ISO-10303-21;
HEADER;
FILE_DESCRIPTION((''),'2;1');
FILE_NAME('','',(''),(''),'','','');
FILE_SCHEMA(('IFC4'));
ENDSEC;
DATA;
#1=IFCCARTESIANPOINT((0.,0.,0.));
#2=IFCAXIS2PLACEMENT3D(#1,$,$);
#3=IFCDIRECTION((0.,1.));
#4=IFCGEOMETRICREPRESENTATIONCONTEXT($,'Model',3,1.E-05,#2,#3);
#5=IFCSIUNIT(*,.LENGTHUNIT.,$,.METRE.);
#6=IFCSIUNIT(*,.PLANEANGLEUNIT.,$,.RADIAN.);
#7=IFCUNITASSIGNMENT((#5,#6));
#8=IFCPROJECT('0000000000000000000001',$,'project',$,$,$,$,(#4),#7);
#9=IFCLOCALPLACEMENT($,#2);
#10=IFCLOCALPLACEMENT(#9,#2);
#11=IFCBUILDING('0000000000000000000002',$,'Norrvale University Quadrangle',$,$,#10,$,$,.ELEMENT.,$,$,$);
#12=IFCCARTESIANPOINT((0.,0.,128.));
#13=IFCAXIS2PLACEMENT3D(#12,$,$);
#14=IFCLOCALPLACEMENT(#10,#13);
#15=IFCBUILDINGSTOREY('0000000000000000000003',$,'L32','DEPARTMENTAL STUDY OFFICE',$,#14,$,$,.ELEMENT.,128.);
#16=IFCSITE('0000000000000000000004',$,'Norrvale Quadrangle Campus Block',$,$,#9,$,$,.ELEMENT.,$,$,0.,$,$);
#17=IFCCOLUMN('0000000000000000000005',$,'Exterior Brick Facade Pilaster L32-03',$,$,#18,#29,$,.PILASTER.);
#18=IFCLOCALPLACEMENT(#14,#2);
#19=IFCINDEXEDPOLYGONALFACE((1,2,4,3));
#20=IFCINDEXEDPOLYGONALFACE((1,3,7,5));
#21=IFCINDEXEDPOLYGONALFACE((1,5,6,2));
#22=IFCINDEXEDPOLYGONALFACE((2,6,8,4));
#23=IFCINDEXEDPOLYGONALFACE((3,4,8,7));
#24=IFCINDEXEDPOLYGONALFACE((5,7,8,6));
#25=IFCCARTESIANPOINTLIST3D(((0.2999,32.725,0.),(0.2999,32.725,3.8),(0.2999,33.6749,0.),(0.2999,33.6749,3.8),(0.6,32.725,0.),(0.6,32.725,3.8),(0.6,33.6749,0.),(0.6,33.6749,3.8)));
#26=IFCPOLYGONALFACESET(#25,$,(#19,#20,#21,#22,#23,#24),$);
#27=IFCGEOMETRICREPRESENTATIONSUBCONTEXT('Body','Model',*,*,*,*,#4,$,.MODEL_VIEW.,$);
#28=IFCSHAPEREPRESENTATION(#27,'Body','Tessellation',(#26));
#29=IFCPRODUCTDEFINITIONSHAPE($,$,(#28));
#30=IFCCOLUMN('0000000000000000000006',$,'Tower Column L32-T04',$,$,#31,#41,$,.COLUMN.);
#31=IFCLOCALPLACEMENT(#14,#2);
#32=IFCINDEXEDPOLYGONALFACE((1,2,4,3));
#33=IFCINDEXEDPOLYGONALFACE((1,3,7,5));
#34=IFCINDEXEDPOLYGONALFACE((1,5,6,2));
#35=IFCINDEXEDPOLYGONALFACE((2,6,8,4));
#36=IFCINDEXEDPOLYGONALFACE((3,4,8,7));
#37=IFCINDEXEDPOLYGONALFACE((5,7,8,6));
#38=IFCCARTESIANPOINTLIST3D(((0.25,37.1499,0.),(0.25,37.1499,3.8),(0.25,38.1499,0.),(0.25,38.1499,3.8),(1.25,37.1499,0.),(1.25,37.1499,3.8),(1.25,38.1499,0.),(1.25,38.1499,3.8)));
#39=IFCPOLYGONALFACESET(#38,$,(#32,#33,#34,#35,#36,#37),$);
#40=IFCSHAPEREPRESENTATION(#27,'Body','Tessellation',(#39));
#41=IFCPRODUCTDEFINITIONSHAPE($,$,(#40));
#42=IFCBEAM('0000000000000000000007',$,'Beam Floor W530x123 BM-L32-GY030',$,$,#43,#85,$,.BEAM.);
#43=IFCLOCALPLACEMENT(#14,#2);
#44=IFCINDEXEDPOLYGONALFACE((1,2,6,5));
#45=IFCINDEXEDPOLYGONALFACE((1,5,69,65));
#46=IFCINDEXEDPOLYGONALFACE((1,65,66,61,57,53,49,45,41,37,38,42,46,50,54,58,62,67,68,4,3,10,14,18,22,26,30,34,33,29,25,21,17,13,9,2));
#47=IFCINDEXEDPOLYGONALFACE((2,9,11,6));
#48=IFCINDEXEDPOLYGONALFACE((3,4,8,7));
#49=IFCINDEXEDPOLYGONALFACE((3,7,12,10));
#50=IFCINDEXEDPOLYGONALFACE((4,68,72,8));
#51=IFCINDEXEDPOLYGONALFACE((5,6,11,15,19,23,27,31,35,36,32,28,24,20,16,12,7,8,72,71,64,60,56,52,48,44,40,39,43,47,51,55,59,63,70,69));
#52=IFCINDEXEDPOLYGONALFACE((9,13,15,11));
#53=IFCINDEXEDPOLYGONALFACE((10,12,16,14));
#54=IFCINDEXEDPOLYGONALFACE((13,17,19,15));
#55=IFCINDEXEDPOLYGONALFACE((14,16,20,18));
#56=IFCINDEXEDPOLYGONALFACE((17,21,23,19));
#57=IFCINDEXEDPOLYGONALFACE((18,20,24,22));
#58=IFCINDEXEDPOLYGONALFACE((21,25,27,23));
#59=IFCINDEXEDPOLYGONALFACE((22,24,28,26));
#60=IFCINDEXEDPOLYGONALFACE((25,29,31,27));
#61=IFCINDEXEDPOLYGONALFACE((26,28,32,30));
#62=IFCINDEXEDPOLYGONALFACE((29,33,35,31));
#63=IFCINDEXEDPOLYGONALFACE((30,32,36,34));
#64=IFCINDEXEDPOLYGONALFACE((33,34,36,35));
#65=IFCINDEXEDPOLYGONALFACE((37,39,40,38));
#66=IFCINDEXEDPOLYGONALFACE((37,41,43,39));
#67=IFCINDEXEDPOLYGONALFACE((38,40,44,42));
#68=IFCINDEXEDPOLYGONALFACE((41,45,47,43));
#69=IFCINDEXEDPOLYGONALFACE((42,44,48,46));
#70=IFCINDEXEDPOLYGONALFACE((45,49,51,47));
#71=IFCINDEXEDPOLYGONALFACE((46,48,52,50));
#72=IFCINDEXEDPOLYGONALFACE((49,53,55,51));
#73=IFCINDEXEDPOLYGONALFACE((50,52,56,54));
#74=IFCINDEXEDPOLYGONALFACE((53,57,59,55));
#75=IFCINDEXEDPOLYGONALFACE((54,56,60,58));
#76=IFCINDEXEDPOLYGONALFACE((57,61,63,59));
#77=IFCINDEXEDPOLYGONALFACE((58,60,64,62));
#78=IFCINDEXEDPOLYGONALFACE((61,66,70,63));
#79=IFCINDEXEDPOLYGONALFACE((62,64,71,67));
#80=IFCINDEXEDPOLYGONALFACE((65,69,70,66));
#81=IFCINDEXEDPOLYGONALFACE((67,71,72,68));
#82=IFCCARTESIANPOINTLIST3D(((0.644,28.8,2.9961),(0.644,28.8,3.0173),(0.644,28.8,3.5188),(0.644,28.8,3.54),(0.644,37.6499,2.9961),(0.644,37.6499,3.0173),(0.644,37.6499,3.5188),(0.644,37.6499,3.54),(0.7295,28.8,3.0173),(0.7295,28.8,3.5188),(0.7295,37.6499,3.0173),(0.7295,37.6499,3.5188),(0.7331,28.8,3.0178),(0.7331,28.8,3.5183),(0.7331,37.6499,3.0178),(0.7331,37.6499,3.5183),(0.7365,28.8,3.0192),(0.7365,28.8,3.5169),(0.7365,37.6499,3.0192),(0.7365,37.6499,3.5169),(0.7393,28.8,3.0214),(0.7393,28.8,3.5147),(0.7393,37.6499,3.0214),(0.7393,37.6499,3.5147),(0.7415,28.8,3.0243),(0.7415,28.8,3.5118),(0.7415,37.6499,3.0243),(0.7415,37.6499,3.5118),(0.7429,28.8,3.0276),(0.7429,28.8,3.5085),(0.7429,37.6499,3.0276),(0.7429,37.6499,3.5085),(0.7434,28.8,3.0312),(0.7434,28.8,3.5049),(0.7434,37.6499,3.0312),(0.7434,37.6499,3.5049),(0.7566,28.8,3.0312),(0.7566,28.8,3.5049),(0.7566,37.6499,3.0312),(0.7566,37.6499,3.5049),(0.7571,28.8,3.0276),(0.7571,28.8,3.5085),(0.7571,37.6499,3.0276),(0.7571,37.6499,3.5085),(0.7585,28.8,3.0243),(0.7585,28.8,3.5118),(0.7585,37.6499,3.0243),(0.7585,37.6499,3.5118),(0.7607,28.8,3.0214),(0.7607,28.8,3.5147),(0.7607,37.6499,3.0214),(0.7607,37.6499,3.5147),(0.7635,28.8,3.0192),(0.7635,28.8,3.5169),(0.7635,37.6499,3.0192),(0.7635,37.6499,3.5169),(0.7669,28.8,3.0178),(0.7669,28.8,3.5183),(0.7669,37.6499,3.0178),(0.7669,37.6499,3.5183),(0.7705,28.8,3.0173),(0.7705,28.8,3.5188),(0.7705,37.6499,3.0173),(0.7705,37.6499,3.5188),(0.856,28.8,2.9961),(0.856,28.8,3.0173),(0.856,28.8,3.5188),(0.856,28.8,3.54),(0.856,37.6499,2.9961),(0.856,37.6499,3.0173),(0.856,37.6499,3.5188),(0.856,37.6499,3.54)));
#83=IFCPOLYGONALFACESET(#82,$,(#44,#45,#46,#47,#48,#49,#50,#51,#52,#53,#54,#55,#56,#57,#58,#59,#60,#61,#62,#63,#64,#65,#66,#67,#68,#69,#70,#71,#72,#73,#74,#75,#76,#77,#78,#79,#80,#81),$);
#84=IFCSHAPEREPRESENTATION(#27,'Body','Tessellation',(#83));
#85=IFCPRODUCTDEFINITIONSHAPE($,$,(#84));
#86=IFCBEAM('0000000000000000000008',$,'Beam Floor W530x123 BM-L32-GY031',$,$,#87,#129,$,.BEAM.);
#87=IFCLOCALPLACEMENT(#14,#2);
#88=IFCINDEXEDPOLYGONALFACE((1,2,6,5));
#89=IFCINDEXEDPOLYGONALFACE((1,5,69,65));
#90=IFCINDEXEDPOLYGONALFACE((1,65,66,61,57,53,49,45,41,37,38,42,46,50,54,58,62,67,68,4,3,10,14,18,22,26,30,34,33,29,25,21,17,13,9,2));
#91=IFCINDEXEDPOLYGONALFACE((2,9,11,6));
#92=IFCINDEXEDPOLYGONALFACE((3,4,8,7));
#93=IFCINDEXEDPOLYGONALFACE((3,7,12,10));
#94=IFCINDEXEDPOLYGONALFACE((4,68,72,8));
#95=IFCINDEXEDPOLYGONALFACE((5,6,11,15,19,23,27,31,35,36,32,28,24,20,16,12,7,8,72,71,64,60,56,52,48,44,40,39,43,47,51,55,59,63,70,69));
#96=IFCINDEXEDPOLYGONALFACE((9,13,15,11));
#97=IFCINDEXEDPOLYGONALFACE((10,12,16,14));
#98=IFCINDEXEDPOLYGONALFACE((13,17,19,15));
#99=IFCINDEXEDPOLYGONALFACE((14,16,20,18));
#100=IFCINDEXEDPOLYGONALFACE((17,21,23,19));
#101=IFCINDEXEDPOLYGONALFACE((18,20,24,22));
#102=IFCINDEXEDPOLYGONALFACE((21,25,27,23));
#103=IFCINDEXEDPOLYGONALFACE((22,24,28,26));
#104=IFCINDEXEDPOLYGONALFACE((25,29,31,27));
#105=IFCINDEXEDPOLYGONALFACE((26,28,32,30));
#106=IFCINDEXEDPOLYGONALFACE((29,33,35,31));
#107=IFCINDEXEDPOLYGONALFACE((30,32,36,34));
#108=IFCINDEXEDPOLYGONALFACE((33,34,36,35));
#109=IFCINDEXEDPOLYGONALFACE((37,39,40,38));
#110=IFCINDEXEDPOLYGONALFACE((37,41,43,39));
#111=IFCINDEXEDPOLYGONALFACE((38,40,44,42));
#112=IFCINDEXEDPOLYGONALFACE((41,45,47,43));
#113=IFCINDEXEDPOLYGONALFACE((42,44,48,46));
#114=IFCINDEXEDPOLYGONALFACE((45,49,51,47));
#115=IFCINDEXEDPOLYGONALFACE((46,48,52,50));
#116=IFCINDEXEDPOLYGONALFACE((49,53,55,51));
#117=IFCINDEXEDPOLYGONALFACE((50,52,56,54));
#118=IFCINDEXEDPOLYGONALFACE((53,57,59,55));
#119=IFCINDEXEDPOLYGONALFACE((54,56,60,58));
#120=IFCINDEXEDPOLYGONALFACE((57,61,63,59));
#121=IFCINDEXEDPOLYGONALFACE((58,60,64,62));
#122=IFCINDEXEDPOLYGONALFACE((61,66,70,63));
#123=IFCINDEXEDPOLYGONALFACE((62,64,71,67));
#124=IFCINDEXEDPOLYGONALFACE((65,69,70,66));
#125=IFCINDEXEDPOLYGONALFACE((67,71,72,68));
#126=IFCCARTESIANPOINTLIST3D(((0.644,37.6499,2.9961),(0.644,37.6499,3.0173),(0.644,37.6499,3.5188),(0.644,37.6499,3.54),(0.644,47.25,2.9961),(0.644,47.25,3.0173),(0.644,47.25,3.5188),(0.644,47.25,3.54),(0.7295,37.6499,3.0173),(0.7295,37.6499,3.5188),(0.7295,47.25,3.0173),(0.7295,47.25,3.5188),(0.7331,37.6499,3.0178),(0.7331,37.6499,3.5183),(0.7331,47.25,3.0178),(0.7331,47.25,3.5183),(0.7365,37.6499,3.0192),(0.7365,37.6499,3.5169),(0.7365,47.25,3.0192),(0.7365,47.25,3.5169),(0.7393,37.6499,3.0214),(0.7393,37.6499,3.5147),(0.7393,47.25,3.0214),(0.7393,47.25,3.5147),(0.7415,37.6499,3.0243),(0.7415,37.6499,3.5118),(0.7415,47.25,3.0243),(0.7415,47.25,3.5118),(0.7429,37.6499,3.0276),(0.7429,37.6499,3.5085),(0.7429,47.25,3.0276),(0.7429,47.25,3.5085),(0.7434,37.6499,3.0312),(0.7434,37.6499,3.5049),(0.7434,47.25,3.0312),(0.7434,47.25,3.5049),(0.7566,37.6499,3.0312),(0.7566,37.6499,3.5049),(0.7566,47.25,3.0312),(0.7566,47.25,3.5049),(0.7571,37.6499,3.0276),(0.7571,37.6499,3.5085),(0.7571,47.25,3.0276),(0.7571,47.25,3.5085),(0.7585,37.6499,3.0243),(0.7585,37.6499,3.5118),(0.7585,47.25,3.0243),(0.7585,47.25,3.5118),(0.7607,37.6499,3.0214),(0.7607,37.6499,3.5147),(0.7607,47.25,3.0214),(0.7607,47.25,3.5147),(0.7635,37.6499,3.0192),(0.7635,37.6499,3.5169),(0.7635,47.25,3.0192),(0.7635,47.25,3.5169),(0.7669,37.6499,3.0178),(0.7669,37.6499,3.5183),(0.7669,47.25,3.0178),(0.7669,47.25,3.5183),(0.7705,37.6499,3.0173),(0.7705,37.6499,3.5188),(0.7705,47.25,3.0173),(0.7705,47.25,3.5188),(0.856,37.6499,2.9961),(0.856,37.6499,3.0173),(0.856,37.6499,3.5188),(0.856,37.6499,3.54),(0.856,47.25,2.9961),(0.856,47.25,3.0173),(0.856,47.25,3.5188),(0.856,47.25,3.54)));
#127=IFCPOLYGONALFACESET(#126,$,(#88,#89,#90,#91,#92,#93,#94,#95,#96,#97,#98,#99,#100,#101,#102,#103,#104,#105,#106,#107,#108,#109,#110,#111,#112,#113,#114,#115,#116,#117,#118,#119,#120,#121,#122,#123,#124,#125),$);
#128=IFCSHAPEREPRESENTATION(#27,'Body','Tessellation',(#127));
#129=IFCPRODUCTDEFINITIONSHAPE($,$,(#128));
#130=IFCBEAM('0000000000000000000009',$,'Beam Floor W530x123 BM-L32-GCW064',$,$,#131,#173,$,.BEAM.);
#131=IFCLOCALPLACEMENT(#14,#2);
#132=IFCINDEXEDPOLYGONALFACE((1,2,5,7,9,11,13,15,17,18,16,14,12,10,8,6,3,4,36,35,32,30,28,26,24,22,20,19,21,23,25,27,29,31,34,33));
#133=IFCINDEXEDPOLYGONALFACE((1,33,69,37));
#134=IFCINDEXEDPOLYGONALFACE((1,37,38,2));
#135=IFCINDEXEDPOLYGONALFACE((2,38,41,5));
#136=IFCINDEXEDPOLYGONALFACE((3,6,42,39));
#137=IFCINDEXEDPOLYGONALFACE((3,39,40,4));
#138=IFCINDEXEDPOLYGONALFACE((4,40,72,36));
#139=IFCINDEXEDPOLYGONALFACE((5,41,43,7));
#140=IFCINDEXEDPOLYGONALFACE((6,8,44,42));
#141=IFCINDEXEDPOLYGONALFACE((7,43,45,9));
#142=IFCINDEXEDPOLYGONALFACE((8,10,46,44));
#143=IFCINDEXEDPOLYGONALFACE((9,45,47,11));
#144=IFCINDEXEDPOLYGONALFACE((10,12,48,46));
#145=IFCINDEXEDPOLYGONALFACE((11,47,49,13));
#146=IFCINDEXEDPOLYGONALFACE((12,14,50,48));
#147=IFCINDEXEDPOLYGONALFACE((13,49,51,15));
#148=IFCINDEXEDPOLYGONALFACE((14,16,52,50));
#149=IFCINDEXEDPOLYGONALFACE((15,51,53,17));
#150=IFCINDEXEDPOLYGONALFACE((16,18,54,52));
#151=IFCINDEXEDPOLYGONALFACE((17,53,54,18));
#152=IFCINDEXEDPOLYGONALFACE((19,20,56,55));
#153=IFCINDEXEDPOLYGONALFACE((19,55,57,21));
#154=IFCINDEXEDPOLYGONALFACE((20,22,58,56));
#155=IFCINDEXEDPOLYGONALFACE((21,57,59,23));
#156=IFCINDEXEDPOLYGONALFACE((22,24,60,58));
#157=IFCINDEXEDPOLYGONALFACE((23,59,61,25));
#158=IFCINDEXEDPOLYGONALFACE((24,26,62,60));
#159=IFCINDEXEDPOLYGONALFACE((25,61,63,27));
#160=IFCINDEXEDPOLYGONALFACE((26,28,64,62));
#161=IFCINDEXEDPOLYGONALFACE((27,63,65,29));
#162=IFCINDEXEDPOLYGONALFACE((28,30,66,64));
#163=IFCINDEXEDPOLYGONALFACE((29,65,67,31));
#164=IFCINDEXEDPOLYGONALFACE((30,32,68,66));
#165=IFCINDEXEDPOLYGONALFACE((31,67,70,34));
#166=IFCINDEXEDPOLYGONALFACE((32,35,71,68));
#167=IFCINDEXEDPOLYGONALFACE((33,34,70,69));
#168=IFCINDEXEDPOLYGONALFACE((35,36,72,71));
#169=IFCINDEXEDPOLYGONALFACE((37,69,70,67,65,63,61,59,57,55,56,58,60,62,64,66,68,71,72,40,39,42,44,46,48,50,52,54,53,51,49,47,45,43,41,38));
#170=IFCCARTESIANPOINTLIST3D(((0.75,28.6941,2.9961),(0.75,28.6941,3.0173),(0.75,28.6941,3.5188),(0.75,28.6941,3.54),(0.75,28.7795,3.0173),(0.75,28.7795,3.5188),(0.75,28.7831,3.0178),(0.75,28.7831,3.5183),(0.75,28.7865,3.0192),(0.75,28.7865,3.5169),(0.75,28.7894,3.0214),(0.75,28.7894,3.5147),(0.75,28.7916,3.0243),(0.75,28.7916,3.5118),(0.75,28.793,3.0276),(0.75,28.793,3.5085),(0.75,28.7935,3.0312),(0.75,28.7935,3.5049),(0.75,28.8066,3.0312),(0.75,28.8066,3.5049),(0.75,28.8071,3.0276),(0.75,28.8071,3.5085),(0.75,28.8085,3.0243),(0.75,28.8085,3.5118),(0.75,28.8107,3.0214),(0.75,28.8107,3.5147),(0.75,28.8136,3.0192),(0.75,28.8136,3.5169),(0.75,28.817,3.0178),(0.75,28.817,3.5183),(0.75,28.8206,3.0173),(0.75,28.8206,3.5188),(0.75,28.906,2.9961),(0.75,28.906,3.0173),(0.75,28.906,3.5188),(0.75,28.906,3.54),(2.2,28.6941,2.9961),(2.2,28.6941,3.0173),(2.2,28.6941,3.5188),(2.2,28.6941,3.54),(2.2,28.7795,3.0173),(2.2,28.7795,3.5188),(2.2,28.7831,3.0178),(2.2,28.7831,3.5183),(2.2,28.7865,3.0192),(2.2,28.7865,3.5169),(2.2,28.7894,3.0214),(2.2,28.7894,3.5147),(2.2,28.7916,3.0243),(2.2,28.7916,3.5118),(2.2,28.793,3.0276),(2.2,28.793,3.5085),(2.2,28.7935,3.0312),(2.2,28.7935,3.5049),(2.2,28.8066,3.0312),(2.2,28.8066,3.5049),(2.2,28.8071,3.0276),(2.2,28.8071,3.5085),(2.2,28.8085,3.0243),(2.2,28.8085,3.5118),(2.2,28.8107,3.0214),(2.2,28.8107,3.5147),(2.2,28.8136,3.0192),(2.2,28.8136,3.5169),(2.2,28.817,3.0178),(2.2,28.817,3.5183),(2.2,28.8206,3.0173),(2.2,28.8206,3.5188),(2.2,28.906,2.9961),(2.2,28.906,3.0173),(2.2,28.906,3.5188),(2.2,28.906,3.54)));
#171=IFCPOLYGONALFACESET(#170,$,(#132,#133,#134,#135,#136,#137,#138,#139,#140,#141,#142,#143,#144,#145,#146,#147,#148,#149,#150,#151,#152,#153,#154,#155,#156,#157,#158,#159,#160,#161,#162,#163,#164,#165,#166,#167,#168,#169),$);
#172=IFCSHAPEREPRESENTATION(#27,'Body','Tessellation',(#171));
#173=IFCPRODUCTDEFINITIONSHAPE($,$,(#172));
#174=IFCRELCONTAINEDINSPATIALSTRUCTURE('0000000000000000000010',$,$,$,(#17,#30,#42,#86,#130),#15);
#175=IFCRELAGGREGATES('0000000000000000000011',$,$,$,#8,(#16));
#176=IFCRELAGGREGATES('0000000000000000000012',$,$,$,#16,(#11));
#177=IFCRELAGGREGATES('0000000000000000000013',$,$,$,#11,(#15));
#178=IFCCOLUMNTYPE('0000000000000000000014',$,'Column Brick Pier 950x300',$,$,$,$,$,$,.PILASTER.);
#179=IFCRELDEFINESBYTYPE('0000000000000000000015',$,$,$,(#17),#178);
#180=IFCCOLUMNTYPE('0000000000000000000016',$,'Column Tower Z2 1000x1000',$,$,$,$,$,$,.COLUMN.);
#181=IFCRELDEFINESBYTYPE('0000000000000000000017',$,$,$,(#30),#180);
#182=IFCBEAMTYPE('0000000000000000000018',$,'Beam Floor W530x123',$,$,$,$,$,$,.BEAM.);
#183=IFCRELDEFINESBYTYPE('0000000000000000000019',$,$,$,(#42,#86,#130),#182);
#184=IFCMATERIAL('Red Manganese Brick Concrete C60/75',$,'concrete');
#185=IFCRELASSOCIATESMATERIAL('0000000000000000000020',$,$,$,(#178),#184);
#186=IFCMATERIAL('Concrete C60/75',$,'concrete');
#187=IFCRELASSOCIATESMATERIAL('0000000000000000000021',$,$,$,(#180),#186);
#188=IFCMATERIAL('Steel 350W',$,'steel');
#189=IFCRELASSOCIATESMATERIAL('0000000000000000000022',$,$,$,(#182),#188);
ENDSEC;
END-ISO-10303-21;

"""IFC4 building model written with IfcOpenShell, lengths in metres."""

from ifc_helpers import new_model, si_unit, direction, frame, origin, origin_2d, place, context, subcontext, project, spatial, rectangle, i_section, extrude, material, material_profile, profile_set, type_object, element, save


model = new_model("IFC4")

# Units and contexts
model_context = context("Model", 3, precision=1e-05, world=origin(), true_north=direction((0.0, 1.0)))
body_context = subcontext(model_context, "Body", "Model", "MODEL_VIEW")
ifc_project = project(units=[si_unit("LENGTHUNIT", "METRE"), si_unit("PLANEANGLEUNIT", "RADIAN")], contexts=[model_context])

# Site, building, storey
site_placement = place(None, origin())
site = spatial("IfcSite", under=ifc_project, at=site_placement, Name="Norrvale Quadrangle Campus Block", CompositionType="ELEMENT", RefElevation=0.0)
building_placement = place(site_placement, origin())
building = spatial("IfcBuilding", under=site, at=building_placement, Name="Norrvale University Quadrangle", CompositionType="ELEMENT")
storey_placement = place(building_placement, frame((0.0, 0.0, 128.0)))
storey = spatial("IfcBuildingStorey", under=building, at=storey_placement, Name="L32", Description="DEPARTMENTAL STUDY OFFICE", CompositionType="ELEMENT", Elevation=128.0)

# Columns
ifc_material_1 = material(Name="Red Manganese Brick Concrete C60/75", Category="concrete")
ifc_material_profile_1 = material_profile(ifc_material_1, rectangle(XDim=0.95, YDim=0.3, at=origin_2d()), Name="Red Manganese Brick Concrete C60/75")
ifc_profile_set_1 = profile_set([ifc_material_profile_1], Name="Red Manganese Brick Concrete C60/75")
column_type_1 = type_object("IfcColumnType", Name="Column Brick Pier 950x300", PredefinedType="PILASTER", material=ifc_profile_set_1)
column_1_placement = place(storey_placement, frame((0.45, 33.2, 0.0), z_axis=(0.0, 0.0, 1.0), x_axis=(0.0, 1.0, 0.0)))
element("IfcColumn", 1, at=column_1_placement, inside=storey, type_object=column_type_1, Name="Exterior Brick Facade Pilaster L32-03", PredefinedType="PILASTER", context=body_context, shape_type="SweptSolid", body=[
    extrude(rectangle(XDim=0.95, YDim=0.3, at=origin_2d()), origin(), (0.0, 0.0, 1.0), 3.8),
])
ifc_material_2 = material(Name="Concrete C60/75", Category="concrete")
ifc_material_profile_2 = material_profile(ifc_material_2, rectangle(XDim=1.0, YDim=1.0, at=origin_2d()), Name="Concrete C60/75")
ifc_profile_set_2 = profile_set([ifc_material_profile_2], Name="Concrete C60/75")
column_type_2 = type_object("IfcColumnType", Name="Column Tower Z2 1000x1000", PredefinedType="COLUMN", material=ifc_profile_set_2)
column_2_placement = place(storey_placement, frame((0.75, 37.6499, 0.0), z_axis=(0.0, 0.0, 1.0), x_axis=(1.0, 0.0, 0.0)))
element("IfcColumn", 2, at=column_2_placement, inside=storey, type_object=column_type_2, Name="Tower Column L32-T04", PredefinedType="COLUMN", context=body_context, shape_type="SweptSolid", body=[
    extrude(rectangle(XDim=1.0, YDim=1.0, at=origin_2d()), origin(), (0.0, 0.0, 1.0), 3.8),
])

# Beams
ifc_material_3 = material(Name="Steel 350W", Category="steel")
ifc_material_profile_3 = material_profile(ifc_material_3, i_section(OverallWidth=0.2119, OverallDepth=0.5439, WebThickness=0.0132, FlangeThickness=0.0212, FilletRadius=0.0139, at=origin_2d()), Name="Steel 350W")
ifc_profile_set_3 = profile_set([ifc_material_profile_3], Name="Steel 350W")
beam_type = type_object("IfcBeamType", Name="Beam Floor W530x123", PredefinedType="BEAM", material=ifc_profile_set_3)
beam_1_placement = place(storey_placement, frame((0.75, 28.8, 3.2681), z_axis=(0.0, 1.0, 0.0), x_axis=(-1.0, 0.0, 0.0)))
element("IfcBeam", 3, at=beam_1_placement, inside=storey, type_object=beam_type, Name="Beam Floor W530x123 BM-L32-GY030", PredefinedType="BEAM", context=body_context, shape_type="SweptSolid", body=[
    extrude(i_section(OverallWidth=0.2119, OverallDepth=0.5439, WebThickness=0.0132, FlangeThickness=0.0212, FilletRadius=0.0139, at=origin_2d()), origin(), (0.0, 0.0, 1.0), 8.8499),
])
beam_2_placement = place(storey_placement, frame((0.75, 37.6499, 3.2681), z_axis=(0.0, 1.0, 0.0), x_axis=(-1.0, 0.0, 0.0)))
element("IfcBeam", 4, at=beam_2_placement, inside=storey, type_object=beam_type, Name="Beam Floor W530x123 BM-L32-GY031", PredefinedType="BEAM", context=body_context, shape_type="SweptSolid", body=[
    extrude(i_section(OverallWidth=0.2119, OverallDepth=0.5439, WebThickness=0.0132, FlangeThickness=0.0212, FilletRadius=0.0139, at=origin_2d()), origin(), (0.0, 0.0, 1.0), 9.6001),
])
for number, where, z_axis, x_axis, name in (
    (5, (0.75, 28.8, 3.2681), (1.0, 0.0, 0.0), (0.0, 1.0, 0.0), "Beam Floor W530x123 BM-L32-GCW064"),
):
    element("IfcBeam", number, at=place(storey_placement, frame(where, z_axis=z_axis, x_axis=x_axis)), inside=storey, type_object=beam_type, Name=name, PredefinedType="BEAM", context=body_context, shape_type="SweptSolid", body=[
        extrude(i_section(OverallWidth=0.2119, OverallDepth=0.5439, WebThickness=0.0132, FlangeThickness=0.0212, FilletRadius=0.0139, at=origin_2d()), origin(), (0.0, 0.0, 1.0), 1.45),
    ])

save(model, "model.ifc")
